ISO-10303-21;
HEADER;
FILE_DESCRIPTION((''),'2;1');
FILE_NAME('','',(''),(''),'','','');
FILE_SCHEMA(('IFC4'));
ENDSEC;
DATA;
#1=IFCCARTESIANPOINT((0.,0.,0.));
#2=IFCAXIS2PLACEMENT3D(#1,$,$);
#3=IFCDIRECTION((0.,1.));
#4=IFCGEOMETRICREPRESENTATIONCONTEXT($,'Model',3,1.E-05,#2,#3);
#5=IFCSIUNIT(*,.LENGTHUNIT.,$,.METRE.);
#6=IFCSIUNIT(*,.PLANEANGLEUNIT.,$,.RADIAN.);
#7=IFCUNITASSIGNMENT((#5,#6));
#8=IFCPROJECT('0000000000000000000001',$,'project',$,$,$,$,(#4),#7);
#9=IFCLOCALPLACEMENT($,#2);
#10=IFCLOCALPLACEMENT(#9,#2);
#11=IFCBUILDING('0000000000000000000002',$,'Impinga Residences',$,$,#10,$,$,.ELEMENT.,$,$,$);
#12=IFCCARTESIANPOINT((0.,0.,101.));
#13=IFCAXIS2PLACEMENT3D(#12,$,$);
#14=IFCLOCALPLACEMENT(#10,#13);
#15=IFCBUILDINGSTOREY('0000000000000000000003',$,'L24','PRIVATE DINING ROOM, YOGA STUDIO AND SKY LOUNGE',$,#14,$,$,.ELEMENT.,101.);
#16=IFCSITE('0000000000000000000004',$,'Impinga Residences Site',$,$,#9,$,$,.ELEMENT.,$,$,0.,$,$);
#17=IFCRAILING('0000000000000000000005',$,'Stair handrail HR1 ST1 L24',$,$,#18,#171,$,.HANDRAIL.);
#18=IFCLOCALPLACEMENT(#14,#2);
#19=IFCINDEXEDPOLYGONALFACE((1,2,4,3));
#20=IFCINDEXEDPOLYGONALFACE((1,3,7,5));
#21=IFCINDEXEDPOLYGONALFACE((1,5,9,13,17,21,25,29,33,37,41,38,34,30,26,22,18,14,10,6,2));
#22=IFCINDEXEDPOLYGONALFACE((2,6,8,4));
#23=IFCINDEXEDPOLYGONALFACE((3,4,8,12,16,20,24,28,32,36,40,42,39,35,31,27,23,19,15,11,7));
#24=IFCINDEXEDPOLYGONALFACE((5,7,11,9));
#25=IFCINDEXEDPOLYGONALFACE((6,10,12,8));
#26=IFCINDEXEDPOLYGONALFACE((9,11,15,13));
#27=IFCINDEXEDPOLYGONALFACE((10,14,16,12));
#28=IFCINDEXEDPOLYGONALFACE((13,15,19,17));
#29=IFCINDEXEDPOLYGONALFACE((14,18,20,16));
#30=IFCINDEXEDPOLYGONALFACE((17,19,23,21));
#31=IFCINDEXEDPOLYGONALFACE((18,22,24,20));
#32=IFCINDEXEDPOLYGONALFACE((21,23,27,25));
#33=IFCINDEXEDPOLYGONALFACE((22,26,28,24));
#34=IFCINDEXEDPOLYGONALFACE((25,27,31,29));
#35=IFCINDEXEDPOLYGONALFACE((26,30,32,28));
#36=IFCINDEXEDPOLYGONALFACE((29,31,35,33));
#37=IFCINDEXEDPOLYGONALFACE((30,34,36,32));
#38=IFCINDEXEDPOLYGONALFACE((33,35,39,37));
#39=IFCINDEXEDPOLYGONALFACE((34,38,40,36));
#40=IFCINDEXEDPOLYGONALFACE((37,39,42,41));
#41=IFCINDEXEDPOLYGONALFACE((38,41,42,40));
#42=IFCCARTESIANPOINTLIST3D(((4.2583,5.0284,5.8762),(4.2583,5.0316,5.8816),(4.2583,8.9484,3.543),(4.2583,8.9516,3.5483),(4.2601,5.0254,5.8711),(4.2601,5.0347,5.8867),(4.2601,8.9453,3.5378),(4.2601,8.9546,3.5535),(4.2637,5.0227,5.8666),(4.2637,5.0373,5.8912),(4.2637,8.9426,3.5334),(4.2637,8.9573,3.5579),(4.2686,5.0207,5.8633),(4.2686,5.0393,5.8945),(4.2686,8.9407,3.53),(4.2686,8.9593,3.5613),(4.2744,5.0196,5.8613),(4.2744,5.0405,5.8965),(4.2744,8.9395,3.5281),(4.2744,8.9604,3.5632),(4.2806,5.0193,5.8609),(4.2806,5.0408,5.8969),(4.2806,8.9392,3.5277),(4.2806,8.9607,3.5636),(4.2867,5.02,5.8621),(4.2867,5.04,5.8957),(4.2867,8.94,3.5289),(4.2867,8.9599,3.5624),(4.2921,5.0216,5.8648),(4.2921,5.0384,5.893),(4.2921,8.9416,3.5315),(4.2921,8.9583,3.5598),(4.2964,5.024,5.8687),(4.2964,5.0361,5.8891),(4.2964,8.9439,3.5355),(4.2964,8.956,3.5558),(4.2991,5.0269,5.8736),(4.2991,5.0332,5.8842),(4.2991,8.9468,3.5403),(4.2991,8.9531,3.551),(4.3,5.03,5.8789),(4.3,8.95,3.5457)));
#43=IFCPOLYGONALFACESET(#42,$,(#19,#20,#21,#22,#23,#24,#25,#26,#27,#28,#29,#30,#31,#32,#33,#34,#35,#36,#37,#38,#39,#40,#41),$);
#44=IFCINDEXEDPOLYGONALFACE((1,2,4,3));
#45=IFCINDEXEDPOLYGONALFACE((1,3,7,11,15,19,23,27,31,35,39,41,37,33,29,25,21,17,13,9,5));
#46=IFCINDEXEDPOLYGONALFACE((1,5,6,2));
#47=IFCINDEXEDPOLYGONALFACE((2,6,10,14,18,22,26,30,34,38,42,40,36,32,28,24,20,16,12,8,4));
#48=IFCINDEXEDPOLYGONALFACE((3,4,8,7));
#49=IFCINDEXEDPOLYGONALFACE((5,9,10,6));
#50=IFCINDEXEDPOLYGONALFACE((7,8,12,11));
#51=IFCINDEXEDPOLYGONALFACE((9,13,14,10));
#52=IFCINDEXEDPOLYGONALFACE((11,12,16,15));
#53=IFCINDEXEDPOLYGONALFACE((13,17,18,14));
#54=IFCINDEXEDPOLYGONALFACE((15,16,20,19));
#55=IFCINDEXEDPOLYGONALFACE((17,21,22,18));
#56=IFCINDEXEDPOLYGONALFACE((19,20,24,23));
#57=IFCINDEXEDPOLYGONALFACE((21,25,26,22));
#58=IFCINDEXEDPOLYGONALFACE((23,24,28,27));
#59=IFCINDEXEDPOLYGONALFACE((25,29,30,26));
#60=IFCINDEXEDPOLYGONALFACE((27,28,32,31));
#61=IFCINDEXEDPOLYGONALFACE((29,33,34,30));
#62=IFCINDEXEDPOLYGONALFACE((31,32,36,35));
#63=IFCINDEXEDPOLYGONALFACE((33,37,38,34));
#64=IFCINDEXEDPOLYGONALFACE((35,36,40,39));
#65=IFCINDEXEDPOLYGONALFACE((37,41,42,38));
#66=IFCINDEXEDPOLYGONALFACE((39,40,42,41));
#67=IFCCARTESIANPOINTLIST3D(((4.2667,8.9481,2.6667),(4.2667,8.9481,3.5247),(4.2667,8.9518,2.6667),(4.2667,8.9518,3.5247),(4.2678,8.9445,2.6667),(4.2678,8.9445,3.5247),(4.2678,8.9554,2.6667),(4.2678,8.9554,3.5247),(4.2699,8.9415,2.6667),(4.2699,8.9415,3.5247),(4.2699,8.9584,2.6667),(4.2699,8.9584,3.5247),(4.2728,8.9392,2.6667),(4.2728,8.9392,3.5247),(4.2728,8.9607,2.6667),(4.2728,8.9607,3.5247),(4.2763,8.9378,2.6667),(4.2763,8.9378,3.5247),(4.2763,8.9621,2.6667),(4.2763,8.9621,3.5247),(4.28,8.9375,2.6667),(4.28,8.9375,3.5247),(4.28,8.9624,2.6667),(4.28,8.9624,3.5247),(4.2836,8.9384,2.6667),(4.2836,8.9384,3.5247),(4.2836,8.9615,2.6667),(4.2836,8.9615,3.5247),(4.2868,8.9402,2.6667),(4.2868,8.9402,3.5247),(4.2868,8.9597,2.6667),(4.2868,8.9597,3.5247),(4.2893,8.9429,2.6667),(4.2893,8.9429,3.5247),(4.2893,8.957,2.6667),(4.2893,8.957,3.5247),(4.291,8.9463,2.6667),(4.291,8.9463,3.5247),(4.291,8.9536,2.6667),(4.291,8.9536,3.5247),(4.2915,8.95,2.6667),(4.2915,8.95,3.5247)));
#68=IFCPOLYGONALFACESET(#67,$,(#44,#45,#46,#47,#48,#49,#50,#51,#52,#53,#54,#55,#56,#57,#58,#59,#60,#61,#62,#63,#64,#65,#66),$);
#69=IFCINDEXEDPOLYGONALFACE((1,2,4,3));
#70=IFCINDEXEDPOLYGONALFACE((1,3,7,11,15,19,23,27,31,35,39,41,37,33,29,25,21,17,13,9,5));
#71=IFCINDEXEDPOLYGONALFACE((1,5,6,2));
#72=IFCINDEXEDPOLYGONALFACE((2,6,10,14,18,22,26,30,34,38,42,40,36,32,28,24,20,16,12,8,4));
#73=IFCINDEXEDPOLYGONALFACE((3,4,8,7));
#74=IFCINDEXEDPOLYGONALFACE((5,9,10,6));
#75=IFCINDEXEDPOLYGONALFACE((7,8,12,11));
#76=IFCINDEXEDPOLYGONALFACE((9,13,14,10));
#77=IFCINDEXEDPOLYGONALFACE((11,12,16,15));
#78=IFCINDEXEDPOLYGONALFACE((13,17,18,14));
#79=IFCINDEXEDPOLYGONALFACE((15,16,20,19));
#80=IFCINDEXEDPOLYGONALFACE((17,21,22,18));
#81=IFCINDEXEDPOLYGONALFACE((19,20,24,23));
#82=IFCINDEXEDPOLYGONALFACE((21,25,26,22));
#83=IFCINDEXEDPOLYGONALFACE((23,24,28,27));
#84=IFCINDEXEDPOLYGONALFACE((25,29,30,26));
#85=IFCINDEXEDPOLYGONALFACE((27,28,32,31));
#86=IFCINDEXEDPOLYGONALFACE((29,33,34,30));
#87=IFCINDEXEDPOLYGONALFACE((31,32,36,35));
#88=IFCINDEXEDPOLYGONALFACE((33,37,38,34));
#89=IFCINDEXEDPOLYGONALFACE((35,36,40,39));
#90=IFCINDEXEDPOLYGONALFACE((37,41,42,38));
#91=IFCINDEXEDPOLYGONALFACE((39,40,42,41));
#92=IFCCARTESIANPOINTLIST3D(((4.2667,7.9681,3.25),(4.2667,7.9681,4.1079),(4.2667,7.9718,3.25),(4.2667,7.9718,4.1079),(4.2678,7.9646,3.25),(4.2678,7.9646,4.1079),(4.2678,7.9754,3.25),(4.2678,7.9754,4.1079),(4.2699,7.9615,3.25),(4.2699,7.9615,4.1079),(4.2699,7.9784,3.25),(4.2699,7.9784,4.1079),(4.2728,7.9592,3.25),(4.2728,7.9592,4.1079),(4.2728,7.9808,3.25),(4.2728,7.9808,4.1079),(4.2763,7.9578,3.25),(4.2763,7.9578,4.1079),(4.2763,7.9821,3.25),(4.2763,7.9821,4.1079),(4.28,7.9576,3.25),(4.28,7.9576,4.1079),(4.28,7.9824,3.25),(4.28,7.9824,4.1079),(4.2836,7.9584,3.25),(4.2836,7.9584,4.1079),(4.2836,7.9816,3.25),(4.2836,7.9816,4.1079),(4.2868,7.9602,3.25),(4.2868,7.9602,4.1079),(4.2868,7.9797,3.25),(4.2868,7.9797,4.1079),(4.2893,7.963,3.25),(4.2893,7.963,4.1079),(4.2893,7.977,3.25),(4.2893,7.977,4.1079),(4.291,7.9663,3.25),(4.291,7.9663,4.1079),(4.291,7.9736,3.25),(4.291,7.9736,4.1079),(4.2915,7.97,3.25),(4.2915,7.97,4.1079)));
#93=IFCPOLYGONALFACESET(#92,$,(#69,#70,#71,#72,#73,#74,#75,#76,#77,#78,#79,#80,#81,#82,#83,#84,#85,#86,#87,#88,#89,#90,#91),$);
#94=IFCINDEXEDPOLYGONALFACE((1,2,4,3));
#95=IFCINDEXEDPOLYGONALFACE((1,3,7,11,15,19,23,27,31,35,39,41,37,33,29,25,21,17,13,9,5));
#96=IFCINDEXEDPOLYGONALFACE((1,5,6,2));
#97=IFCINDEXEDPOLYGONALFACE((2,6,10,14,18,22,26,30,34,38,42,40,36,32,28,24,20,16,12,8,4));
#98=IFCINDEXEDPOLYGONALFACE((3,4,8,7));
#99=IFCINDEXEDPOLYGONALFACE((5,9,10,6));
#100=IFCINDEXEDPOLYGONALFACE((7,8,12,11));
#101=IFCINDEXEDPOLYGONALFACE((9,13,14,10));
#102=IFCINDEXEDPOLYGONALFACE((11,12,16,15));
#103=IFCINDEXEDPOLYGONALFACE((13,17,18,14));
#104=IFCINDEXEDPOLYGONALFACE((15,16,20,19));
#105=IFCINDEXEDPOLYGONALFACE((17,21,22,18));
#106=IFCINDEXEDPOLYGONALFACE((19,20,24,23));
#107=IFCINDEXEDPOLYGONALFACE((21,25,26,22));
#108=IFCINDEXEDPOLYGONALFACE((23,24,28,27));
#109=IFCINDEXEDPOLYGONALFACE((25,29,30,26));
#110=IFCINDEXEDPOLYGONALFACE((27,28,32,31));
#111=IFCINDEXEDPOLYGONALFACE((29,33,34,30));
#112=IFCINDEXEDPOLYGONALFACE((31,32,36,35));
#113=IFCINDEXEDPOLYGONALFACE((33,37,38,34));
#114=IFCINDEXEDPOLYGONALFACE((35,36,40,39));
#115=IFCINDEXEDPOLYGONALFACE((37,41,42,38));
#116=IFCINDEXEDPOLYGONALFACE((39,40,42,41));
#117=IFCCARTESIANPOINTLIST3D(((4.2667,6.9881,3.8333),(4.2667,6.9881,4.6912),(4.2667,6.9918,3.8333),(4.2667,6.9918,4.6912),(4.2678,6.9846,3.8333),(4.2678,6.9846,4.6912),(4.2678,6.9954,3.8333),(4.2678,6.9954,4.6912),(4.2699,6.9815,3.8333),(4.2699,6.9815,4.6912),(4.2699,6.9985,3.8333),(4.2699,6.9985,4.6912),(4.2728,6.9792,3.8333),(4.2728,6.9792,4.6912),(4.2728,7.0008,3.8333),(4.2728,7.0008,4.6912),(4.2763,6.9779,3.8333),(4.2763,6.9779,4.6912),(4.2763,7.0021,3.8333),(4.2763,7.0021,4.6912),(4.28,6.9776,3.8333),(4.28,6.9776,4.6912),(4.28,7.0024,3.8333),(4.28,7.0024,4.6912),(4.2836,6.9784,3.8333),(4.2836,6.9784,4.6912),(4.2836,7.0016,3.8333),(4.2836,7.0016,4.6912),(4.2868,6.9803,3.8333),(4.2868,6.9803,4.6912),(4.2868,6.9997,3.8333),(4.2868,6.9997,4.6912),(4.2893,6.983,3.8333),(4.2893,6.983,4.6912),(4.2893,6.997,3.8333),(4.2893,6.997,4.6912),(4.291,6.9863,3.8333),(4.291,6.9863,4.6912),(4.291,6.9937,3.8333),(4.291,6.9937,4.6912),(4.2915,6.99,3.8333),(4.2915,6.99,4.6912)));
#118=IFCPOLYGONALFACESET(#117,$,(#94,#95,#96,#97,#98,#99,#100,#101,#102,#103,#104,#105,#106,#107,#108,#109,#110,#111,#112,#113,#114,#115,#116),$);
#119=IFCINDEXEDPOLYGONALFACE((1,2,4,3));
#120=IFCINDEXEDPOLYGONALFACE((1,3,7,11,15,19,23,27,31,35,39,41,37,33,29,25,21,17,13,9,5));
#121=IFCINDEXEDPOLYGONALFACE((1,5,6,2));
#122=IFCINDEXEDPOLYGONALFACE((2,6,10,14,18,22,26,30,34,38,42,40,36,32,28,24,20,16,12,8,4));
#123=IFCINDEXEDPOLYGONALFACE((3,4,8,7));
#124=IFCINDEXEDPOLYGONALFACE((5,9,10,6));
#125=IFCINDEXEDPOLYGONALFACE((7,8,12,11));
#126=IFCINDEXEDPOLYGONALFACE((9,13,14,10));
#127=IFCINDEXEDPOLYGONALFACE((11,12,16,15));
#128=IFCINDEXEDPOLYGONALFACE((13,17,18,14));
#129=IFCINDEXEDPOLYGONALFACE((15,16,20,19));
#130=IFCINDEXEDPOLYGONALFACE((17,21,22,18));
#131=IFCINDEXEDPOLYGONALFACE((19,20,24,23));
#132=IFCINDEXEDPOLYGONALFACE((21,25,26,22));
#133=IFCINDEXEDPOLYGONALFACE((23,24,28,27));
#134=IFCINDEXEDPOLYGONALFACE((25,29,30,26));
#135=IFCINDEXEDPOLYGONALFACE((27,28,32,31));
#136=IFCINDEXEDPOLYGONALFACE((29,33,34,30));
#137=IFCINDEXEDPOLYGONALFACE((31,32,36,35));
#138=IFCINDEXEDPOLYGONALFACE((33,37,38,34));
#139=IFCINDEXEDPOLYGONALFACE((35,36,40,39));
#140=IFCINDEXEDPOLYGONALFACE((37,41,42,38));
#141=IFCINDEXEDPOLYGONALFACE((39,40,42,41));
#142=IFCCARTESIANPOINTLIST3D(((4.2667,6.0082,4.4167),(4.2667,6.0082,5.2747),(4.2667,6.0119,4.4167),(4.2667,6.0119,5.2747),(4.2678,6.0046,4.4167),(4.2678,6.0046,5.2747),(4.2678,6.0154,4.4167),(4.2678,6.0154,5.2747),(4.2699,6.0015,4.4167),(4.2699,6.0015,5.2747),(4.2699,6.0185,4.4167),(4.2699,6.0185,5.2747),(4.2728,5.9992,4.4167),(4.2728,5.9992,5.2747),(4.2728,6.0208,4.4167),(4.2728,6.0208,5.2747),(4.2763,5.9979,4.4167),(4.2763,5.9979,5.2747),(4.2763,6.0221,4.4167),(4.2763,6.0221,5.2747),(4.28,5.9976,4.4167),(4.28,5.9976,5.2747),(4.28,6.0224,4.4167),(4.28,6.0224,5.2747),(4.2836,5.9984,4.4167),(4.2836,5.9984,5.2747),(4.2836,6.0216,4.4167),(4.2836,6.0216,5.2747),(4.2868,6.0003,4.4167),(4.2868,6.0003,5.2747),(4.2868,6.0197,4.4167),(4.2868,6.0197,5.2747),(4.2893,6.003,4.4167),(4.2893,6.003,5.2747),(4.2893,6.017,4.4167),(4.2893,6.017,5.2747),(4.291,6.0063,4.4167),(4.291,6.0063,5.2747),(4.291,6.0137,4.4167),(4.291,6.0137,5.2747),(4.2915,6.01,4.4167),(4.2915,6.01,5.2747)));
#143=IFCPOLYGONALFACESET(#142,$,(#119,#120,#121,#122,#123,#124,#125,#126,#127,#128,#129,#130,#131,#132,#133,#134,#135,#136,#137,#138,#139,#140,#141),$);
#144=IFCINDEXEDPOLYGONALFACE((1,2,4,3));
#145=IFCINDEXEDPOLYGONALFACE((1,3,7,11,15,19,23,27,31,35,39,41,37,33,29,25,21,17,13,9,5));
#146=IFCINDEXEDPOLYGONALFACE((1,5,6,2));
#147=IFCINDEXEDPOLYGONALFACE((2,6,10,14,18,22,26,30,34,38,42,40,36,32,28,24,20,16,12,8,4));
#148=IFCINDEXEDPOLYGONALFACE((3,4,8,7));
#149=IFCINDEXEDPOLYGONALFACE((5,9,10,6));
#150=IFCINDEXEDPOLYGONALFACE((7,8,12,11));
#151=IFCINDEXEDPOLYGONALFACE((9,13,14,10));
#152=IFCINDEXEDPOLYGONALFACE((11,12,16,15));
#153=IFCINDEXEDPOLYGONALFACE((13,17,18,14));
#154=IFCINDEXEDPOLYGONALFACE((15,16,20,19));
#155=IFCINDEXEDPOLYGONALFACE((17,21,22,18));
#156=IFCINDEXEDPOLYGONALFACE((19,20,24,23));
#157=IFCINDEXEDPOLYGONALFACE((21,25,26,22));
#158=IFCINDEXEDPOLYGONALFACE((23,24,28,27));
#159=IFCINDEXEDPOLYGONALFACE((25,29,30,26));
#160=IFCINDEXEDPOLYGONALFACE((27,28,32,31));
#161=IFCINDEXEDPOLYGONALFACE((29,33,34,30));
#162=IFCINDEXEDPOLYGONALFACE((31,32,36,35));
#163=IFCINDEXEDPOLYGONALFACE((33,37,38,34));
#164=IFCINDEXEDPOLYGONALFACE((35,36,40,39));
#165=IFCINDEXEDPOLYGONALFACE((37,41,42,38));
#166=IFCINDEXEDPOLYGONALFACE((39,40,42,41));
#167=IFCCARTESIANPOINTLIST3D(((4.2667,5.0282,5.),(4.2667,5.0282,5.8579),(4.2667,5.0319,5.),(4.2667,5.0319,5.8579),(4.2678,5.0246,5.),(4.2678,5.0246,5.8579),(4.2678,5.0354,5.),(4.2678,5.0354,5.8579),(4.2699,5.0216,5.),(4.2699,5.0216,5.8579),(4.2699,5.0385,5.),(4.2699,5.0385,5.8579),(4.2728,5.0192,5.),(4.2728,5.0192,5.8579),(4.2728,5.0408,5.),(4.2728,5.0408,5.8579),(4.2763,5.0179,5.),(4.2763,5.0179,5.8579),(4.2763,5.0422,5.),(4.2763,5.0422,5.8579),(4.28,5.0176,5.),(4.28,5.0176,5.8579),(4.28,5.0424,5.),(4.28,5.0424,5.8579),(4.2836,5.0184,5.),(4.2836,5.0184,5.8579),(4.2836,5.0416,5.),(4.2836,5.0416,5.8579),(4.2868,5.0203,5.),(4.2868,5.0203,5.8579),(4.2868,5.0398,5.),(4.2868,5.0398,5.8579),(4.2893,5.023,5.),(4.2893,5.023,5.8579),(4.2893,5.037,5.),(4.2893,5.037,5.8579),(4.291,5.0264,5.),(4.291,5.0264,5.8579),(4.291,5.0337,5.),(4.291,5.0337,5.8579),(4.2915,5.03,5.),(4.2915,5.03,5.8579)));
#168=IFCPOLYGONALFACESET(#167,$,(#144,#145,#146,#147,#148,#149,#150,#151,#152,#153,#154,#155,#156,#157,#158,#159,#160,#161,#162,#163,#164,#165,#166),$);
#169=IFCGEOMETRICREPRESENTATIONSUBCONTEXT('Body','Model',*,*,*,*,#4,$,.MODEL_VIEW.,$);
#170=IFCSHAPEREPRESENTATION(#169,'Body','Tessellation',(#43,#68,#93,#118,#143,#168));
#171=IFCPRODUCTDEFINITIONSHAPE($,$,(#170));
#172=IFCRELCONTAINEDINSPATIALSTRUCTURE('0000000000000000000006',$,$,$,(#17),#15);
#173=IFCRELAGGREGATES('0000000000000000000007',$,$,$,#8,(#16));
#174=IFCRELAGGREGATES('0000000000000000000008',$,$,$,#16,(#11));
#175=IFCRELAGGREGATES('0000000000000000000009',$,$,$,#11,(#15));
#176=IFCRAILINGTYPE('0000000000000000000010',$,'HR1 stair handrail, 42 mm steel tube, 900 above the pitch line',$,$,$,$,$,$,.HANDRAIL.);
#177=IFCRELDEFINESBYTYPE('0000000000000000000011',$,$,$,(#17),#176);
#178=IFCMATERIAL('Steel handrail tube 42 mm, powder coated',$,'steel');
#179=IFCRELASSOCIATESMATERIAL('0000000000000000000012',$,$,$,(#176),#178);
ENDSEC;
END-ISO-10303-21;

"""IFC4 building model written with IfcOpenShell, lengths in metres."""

from ifc_helpers import new_model, si_unit, direction, frame, origin, origin_2d, place, context, subcontext, project, spatial, circle, extrude, material, type_object, element, save


model = new_model("IFC4")

# Units and contexts
model_context = context("Model", 3, precision=1e-05, world=origin(), true_north=direction((0.0, 1.0)))
body_context = subcontext(model_context, "Body", "Model", "MODEL_VIEW")
ifc_project = project(units=[si_unit("LENGTHUNIT", "METRE"), si_unit("PLANEANGLEUNIT", "RADIAN")], contexts=[model_context])

# Site, building, storey
site_placement = place(None, origin())
site = spatial("IfcSite", under=ifc_project, at=site_placement, Name="Impinga Residences Site", CompositionType="ELEMENT", RefElevation=0.0)
building_placement = place(site_placement, origin())
building = spatial("IfcBuilding", under=site, at=building_placement, Name="Impinga Residences", CompositionType="ELEMENT")
storey_placement = place(building_placement, frame((0.0, 0.0, 101.0)))
storey = spatial("IfcBuildingStorey", under=building, at=storey_placement, Name="L24", Description="PRIVATE DINING ROOM, YOGA STUDIO AND SKY LOUNGE", CompositionType="ELEMENT", Elevation=101.0)

# Railing
ifc_material_1 = material(Name="Steel handrail tube 42 mm, powder coated", Category="steel")
railing_type_1 = type_object("IfcRailingType", Name="HR1 stair handrail, 42 mm steel tube, 900 above the pitch line", PredefinedType="HANDRAIL", material=ifc_material_1)
railing_1_placement = place(storey_placement, frame((4.2791, 8.95, 2.6667)))
element("IfcRailing", 1, at=railing_1_placement, inside=storey, type_object=railing_type_1, Name="Stair handrail HR1 ST1 L24", PredefinedType="HANDRAIL", context=body_context, shape_type="SweptSolid", body=[
    extrude(circle(Radius=0.021, at=origin_2d()), frame((0.0, 0.0, 0.8789), z_axis=(0.0, -0.859296, 0.511478), x_axis=(1.0, 0.0, 0.0)), (0.0, 0.0, 1.0), 4.5618),
    extrude(circle(Radius=0.0125, at=origin_2d()), origin(), (0.0, 0.0, 1.0), 0.8579),
    extrude(circle(Radius=0.0125, at=origin_2d()), frame((0.0, -0.98, 0.5833)), (0.0, 0.0, 1.0), 0.8579),
    extrude(circle(Radius=0.0125, at=origin_2d()), frame((0.0, -1.96, 1.1665)), (0.0, 0.0, 1.0), 0.8579),
    extrude(circle(Radius=0.0125, at=origin_2d()), frame((0.0, -2.9399, 1.75)), (0.0, 0.0, 1.0), 0.8579),
    extrude(circle(Radius=0.0125, at=origin_2d()), frame((0.0, -3.9199, 2.3333)), (0.0, 0.0, 1.0), 0.8579),
])

save(model, "model.ifc")
